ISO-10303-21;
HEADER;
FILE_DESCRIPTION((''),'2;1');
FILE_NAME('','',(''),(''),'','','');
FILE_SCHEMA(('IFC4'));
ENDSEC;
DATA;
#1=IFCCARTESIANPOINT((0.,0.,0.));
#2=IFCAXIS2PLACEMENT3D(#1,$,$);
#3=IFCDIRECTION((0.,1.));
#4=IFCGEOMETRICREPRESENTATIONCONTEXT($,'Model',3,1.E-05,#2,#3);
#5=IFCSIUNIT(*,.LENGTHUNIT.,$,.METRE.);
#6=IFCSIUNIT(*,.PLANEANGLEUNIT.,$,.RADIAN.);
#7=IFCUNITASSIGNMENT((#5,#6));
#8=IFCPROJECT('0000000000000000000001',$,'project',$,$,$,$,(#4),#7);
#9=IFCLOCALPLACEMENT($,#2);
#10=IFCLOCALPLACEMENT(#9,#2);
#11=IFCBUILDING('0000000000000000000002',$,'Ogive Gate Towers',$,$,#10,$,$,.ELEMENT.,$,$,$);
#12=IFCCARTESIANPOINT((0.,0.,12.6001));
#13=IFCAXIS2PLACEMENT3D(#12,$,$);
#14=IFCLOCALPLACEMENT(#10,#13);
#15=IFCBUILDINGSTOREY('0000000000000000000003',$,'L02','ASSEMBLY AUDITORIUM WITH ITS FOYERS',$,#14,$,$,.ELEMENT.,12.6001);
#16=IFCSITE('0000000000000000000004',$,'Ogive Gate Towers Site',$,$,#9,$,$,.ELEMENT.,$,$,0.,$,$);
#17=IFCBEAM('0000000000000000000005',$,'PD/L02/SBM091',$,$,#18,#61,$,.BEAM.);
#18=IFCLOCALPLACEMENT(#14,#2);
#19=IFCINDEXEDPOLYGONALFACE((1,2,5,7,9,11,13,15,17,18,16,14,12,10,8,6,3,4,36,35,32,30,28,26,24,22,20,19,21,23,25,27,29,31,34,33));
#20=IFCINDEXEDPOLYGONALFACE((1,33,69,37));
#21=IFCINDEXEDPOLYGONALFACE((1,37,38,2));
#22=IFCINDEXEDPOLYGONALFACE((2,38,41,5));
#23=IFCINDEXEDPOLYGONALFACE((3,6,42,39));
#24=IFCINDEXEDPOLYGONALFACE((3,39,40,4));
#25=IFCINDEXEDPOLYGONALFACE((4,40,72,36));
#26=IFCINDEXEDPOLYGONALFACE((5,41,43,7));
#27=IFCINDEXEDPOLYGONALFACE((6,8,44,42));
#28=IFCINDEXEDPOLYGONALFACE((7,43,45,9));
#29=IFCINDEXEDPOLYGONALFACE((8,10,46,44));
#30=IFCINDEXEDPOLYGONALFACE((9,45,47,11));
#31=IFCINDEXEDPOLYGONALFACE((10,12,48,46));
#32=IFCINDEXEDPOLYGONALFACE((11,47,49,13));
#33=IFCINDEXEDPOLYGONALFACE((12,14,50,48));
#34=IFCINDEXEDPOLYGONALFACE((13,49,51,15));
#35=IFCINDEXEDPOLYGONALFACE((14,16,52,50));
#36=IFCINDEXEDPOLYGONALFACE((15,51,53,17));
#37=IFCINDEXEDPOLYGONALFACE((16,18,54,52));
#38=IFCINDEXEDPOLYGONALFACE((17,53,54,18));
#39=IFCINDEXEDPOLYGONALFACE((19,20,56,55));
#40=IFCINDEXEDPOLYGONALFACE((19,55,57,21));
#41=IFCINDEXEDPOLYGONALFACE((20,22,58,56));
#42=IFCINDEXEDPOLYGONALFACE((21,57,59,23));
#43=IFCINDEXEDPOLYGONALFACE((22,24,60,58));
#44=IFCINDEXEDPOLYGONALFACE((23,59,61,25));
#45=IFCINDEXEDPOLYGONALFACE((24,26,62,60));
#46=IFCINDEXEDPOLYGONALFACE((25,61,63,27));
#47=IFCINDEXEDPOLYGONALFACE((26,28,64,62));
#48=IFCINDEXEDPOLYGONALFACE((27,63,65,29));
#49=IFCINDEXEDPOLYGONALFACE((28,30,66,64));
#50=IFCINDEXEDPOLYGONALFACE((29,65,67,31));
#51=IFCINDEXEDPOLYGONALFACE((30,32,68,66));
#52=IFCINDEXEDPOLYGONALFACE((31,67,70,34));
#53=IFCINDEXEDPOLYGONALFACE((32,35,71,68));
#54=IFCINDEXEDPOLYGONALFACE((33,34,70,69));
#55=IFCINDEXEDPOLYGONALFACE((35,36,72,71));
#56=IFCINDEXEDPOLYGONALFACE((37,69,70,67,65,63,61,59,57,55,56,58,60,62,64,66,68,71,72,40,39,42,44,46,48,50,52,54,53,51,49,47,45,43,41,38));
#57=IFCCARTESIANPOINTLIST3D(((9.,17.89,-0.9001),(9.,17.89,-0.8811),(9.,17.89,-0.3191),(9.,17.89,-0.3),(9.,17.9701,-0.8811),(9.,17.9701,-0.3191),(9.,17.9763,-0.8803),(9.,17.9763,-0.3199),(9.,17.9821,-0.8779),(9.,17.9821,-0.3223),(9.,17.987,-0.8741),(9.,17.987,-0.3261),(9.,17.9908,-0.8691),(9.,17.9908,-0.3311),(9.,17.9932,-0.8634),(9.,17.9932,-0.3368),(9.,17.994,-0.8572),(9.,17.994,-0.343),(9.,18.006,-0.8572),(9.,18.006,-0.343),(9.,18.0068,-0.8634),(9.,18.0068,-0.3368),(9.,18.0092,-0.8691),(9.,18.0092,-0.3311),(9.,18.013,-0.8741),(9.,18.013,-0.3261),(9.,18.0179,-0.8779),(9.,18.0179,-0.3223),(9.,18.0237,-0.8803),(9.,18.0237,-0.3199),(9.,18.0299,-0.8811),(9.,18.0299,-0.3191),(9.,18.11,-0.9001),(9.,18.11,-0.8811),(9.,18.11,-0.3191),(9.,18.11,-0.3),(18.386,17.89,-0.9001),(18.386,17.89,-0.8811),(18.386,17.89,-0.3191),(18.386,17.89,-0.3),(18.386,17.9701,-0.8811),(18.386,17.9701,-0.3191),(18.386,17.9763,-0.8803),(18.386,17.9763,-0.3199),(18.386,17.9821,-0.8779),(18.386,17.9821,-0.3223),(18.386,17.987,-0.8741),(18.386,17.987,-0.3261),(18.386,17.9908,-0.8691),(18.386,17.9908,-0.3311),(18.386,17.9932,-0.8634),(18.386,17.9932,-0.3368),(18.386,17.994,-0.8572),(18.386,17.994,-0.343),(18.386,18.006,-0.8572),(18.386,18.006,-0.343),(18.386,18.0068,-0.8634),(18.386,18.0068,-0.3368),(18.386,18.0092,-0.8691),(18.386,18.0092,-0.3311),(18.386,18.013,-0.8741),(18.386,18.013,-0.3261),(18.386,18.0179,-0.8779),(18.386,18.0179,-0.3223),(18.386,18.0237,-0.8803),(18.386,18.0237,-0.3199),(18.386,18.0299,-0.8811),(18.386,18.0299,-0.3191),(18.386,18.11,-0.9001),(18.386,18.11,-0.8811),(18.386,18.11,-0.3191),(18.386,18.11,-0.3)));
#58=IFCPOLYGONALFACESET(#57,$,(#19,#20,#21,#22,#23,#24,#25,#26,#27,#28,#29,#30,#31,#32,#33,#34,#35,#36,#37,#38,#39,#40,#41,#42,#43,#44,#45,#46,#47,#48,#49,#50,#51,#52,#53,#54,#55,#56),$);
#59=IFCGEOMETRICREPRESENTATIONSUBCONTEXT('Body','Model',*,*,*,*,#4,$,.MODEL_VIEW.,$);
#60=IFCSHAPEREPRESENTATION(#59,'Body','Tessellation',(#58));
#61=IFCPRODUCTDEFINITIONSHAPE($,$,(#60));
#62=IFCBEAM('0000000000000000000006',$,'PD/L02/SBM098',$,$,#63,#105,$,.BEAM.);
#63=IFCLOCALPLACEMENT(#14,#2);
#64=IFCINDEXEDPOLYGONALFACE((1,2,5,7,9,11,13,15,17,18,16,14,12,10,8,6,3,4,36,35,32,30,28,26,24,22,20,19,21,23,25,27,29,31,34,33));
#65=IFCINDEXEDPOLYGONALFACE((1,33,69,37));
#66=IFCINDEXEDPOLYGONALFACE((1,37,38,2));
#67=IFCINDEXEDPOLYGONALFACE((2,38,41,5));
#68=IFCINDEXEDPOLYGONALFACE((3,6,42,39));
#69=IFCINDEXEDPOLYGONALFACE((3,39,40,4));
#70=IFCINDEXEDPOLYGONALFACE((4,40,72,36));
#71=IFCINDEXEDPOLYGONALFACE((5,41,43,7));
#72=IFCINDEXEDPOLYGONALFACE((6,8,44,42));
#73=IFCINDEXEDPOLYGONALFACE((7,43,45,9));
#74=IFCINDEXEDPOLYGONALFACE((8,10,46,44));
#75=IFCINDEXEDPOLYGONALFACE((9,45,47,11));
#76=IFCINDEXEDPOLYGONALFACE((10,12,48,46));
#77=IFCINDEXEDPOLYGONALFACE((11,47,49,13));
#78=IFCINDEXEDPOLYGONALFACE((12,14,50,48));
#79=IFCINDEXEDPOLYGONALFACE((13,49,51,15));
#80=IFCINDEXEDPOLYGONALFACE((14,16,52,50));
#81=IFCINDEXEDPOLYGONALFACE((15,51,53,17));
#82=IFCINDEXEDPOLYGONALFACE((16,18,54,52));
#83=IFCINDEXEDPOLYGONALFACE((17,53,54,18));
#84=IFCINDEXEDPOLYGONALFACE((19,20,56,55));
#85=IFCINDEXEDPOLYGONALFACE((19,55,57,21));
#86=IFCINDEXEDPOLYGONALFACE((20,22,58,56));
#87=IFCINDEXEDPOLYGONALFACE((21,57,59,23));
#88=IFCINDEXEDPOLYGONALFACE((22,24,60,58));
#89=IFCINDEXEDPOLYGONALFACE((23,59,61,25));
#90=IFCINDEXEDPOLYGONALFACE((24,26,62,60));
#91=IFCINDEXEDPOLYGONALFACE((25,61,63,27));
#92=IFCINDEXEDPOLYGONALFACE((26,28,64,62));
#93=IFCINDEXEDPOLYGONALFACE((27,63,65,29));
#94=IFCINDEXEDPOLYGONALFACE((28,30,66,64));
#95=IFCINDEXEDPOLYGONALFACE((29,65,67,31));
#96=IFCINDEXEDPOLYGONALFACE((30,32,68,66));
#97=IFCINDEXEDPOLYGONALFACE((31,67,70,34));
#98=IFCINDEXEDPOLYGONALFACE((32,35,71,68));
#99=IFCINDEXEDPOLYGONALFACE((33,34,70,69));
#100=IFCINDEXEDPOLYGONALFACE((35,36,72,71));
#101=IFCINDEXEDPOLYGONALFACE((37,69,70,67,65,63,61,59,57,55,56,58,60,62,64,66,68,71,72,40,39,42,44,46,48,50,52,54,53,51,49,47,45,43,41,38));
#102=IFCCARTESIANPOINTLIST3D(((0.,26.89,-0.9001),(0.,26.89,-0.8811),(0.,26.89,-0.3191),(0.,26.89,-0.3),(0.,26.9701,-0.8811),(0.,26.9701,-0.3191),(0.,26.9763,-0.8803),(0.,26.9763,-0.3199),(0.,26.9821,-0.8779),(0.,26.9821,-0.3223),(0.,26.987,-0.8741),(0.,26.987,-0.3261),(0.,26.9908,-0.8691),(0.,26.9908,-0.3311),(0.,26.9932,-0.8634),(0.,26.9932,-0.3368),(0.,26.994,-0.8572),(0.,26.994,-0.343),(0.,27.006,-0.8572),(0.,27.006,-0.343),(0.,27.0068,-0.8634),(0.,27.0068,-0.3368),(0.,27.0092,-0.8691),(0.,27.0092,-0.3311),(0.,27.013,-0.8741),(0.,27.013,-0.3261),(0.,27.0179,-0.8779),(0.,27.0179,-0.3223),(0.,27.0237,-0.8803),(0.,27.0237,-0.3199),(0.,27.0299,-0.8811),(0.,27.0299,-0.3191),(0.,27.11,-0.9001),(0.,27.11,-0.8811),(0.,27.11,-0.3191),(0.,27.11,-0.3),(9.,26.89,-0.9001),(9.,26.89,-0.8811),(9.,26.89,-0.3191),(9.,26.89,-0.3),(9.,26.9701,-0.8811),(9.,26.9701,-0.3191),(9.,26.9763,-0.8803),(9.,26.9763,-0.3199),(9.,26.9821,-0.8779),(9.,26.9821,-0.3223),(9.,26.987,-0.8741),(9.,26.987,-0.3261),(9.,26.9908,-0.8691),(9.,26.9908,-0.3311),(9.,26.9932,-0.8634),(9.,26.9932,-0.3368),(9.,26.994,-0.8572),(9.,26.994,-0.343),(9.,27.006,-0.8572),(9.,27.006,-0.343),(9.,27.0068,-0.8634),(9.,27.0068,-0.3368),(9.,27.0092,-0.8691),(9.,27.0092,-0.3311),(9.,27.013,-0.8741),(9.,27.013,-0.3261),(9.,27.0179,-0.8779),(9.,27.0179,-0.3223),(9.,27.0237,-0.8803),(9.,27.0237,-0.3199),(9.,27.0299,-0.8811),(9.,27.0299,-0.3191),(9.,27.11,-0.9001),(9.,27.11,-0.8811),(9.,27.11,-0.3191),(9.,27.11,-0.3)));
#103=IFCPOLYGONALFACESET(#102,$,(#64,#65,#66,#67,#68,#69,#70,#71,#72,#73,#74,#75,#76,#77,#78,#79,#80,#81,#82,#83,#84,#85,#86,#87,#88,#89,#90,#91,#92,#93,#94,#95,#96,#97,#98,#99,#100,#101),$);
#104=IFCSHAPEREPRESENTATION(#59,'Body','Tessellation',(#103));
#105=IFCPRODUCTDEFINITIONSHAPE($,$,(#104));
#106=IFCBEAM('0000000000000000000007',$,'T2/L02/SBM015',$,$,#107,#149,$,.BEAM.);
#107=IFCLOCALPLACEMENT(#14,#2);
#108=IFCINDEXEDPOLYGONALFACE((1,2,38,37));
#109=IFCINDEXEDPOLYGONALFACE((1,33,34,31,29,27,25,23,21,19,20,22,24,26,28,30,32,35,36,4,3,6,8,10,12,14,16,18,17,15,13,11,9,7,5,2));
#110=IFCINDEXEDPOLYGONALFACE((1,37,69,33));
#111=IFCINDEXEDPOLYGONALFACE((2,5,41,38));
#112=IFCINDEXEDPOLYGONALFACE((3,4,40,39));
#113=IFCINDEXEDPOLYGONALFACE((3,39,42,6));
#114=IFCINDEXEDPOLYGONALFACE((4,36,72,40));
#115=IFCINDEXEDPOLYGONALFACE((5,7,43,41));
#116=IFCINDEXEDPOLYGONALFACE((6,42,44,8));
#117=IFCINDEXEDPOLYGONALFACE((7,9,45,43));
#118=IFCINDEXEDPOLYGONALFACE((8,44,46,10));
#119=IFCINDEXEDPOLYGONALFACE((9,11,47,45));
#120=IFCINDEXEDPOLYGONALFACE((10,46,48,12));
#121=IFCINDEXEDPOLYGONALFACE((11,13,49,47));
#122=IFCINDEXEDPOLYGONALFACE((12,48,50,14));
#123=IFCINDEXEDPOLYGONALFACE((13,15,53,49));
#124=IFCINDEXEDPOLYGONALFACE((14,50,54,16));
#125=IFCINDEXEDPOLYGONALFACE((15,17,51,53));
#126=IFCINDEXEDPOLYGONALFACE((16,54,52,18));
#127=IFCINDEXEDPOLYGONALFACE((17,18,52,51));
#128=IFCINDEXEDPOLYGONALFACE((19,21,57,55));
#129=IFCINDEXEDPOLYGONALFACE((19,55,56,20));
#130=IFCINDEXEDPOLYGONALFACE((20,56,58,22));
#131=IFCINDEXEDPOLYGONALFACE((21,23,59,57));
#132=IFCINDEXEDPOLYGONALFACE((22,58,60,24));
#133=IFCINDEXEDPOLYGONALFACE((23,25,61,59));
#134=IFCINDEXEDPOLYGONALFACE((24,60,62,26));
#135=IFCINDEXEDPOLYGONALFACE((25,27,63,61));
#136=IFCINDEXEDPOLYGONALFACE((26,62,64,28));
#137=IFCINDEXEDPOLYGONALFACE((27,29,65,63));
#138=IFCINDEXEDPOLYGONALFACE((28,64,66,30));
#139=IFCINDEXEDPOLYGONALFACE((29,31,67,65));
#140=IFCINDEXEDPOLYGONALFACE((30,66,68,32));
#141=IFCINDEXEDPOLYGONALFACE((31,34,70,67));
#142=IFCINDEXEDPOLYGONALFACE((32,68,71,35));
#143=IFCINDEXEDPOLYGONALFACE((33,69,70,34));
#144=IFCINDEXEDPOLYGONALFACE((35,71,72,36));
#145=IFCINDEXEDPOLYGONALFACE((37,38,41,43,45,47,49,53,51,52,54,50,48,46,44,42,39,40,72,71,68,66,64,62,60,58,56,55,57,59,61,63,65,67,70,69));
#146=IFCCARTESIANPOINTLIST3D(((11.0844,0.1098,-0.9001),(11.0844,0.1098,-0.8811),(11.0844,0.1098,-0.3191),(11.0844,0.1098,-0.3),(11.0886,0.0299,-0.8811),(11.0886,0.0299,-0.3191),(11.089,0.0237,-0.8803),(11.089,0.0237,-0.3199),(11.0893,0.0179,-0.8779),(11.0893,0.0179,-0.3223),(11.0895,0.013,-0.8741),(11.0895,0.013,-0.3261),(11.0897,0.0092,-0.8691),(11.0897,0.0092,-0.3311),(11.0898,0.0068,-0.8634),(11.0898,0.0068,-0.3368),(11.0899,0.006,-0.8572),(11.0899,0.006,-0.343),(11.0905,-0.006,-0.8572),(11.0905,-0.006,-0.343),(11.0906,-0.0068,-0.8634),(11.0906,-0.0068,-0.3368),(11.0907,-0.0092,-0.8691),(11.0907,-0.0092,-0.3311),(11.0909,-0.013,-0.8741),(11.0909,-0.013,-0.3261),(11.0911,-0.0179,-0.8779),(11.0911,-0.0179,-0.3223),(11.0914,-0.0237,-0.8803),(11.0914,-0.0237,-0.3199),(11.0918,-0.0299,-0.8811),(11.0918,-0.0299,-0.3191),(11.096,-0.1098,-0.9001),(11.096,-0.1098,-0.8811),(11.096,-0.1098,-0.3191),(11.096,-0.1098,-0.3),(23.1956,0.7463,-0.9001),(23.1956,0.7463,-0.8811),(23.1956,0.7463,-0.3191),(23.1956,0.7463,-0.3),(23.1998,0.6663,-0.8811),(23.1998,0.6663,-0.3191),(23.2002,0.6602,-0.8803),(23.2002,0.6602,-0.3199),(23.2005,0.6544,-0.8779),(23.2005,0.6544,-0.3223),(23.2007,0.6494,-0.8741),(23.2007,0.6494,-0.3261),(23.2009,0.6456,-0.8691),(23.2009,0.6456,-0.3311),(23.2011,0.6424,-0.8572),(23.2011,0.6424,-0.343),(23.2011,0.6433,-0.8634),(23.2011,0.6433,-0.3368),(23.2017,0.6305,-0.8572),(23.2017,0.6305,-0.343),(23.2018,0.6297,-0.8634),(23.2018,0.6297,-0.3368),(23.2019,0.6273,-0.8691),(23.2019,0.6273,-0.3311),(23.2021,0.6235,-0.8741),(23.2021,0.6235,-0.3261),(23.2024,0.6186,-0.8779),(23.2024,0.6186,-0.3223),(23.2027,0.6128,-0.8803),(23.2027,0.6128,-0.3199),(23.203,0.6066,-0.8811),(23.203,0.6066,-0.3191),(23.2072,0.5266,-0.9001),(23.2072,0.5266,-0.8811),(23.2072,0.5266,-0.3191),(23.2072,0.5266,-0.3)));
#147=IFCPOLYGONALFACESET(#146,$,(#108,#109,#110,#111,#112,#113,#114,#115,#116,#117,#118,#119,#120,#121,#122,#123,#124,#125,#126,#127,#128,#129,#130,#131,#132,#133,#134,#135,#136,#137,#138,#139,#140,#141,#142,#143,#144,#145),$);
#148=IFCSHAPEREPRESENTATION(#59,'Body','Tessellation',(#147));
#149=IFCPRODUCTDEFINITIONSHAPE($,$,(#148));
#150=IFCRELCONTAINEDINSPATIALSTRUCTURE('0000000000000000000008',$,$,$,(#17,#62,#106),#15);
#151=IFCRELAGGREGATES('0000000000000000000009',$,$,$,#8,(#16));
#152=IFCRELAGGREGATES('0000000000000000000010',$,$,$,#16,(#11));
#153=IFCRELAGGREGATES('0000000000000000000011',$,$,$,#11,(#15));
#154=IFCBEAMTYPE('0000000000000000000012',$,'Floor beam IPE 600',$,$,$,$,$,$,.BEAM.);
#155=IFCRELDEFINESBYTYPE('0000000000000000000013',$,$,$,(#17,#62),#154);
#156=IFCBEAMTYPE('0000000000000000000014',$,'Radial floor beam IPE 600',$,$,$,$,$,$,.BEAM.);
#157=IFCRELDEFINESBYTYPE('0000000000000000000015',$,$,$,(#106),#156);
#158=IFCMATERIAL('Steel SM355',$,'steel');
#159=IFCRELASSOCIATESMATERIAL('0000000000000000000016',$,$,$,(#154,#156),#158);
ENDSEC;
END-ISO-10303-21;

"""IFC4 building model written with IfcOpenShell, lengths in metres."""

from ifc_helpers import new_model, si_unit, direction, frame, origin, origin_2d, place, context, subcontext, project, spatial, i_section, extrude, material, material_profile, profile_set, type_object, element, save


model = new_model("IFC4")

# Units and contexts
model_context = context("Model", 3, precision=1e-05, world=origin(), true_north=direction((0.0, 1.0)))
body_context = subcontext(model_context, "Body", "Model", "MODEL_VIEW")
ifc_project = project(units=[si_unit("LENGTHUNIT", "METRE"), si_unit("PLANEANGLEUNIT", "RADIAN")], contexts=[model_context])

# Site, building, storey
site_placement = place(None, origin())
site = spatial("IfcSite", under=ifc_project, at=site_placement, Name="Ogive Gate Towers Site", CompositionType="ELEMENT", RefElevation=0.0)
building_placement = place(site_placement, origin())
building = spatial("IfcBuilding", under=site, at=building_placement, Name="Ogive Gate Towers", CompositionType="ELEMENT")
storey_placement = place(building_placement, frame((0.0, 0.0, 12.6001)))
storey = spatial("IfcBuildingStorey", under=building, at=storey_placement, Name="L02", Description="ASSEMBLY AUDITORIUM WITH ITS FOYERS", CompositionType="ELEMENT", Elevation=12.6001)

# Beams
ifc_material_1 = material(Name="Steel SM355", Category="steel")
ifc_material_profile_1 = material_profile(ifc_material_1, i_section(OverallWidth=0.22, OverallDepth=0.6001, WebThickness=0.012, FlangeThickness=0.019, FilletRadius=0.0239, at=origin_2d()), Name="IPE 600")
ifc_profile_set_1 = profile_set([ifc_material_profile_1], Name="Steel SM355")
beam_type_1 = type_object("IfcBeamType", Name="Floor beam IPE 600", PredefinedType="BEAM", material=ifc_profile_set_1)
beam_1_placement = place(storey_placement, frame((9.0, 18.0, -0.6001), z_axis=(1.0, 0.0, 0.0), x_axis=(0.0, 1.0, 0.0)))
element("IfcBeam", 1, at=beam_1_placement, inside=storey, type_object=beam_type_1, Name="PD/L02/SBM091", PredefinedType="BEAM", context=body_context, shape_type="SweptSolid", body=[
    extrude(i_section(OverallWidth=0.22, OverallDepth=0.6001, WebThickness=0.012, FlangeThickness=0.019, FilletRadius=0.0239, at=origin_2d()), origin(), (0.0, 0.0, 1.0), 9.386),
])
beam_2_placement = place(storey_placement, frame((0.0, 27.0, -0.6001), z_axis=(1.0, 0.0, 0.0), x_axis=(0.0, 1.0, 0.0)))
element("IfcBeam", 2, at=beam_2_placement, inside=storey, type_object=beam_type_1, Name="PD/L02/SBM098", PredefinedType="BEAM", context=body_context, shape_type="SweptSolid", body=[
    extrude(i_section(OverallWidth=0.22, OverallDepth=0.6001, WebThickness=0.012, FlangeThickness=0.019, FilletRadius=0.0239, at=origin_2d()), origin(), (0.0, 0.0, 1.0), 9.0),
])
ifc_material_profile_2 = material_profile(ifc_material_1, i_section(OverallWidth=0.22, OverallDepth=0.6001, WebThickness=0.012, FlangeThickness=0.019, FilletRadius=0.0239, at=origin_2d()), Name="IPE 600")
ifc_profile_set_2 = profile_set([ifc_material_profile_2], Name="Steel SM355")
beam_type_2 = type_object("IfcBeamType", Name="Radial floor beam IPE 600", PredefinedType="BEAM", material=ifc_profile_set_2)
beam_3_placement = place(storey_placement, frame((23.2014, 0.6365, -0.6001), z_axis=(-0.998622, -0.05248, 0.0), x_axis=(0.05248, -0.998622, 0.0)))
element("IfcBeam", 3, at=beam_3_placement, inside=storey, type_object=beam_type_2, Name="T2/L02/SBM015", PredefinedType="BEAM", context=body_context, shape_type="SweptSolid", body=[
    extrude(i_section(OverallWidth=0.22, OverallDepth=0.6001, WebThickness=0.012, FlangeThickness=0.019, FilletRadius=0.0239, at=origin_2d()), origin(), (0.0, 0.0, 1.0), 12.1279),
])

save(model, "model.ifc")
